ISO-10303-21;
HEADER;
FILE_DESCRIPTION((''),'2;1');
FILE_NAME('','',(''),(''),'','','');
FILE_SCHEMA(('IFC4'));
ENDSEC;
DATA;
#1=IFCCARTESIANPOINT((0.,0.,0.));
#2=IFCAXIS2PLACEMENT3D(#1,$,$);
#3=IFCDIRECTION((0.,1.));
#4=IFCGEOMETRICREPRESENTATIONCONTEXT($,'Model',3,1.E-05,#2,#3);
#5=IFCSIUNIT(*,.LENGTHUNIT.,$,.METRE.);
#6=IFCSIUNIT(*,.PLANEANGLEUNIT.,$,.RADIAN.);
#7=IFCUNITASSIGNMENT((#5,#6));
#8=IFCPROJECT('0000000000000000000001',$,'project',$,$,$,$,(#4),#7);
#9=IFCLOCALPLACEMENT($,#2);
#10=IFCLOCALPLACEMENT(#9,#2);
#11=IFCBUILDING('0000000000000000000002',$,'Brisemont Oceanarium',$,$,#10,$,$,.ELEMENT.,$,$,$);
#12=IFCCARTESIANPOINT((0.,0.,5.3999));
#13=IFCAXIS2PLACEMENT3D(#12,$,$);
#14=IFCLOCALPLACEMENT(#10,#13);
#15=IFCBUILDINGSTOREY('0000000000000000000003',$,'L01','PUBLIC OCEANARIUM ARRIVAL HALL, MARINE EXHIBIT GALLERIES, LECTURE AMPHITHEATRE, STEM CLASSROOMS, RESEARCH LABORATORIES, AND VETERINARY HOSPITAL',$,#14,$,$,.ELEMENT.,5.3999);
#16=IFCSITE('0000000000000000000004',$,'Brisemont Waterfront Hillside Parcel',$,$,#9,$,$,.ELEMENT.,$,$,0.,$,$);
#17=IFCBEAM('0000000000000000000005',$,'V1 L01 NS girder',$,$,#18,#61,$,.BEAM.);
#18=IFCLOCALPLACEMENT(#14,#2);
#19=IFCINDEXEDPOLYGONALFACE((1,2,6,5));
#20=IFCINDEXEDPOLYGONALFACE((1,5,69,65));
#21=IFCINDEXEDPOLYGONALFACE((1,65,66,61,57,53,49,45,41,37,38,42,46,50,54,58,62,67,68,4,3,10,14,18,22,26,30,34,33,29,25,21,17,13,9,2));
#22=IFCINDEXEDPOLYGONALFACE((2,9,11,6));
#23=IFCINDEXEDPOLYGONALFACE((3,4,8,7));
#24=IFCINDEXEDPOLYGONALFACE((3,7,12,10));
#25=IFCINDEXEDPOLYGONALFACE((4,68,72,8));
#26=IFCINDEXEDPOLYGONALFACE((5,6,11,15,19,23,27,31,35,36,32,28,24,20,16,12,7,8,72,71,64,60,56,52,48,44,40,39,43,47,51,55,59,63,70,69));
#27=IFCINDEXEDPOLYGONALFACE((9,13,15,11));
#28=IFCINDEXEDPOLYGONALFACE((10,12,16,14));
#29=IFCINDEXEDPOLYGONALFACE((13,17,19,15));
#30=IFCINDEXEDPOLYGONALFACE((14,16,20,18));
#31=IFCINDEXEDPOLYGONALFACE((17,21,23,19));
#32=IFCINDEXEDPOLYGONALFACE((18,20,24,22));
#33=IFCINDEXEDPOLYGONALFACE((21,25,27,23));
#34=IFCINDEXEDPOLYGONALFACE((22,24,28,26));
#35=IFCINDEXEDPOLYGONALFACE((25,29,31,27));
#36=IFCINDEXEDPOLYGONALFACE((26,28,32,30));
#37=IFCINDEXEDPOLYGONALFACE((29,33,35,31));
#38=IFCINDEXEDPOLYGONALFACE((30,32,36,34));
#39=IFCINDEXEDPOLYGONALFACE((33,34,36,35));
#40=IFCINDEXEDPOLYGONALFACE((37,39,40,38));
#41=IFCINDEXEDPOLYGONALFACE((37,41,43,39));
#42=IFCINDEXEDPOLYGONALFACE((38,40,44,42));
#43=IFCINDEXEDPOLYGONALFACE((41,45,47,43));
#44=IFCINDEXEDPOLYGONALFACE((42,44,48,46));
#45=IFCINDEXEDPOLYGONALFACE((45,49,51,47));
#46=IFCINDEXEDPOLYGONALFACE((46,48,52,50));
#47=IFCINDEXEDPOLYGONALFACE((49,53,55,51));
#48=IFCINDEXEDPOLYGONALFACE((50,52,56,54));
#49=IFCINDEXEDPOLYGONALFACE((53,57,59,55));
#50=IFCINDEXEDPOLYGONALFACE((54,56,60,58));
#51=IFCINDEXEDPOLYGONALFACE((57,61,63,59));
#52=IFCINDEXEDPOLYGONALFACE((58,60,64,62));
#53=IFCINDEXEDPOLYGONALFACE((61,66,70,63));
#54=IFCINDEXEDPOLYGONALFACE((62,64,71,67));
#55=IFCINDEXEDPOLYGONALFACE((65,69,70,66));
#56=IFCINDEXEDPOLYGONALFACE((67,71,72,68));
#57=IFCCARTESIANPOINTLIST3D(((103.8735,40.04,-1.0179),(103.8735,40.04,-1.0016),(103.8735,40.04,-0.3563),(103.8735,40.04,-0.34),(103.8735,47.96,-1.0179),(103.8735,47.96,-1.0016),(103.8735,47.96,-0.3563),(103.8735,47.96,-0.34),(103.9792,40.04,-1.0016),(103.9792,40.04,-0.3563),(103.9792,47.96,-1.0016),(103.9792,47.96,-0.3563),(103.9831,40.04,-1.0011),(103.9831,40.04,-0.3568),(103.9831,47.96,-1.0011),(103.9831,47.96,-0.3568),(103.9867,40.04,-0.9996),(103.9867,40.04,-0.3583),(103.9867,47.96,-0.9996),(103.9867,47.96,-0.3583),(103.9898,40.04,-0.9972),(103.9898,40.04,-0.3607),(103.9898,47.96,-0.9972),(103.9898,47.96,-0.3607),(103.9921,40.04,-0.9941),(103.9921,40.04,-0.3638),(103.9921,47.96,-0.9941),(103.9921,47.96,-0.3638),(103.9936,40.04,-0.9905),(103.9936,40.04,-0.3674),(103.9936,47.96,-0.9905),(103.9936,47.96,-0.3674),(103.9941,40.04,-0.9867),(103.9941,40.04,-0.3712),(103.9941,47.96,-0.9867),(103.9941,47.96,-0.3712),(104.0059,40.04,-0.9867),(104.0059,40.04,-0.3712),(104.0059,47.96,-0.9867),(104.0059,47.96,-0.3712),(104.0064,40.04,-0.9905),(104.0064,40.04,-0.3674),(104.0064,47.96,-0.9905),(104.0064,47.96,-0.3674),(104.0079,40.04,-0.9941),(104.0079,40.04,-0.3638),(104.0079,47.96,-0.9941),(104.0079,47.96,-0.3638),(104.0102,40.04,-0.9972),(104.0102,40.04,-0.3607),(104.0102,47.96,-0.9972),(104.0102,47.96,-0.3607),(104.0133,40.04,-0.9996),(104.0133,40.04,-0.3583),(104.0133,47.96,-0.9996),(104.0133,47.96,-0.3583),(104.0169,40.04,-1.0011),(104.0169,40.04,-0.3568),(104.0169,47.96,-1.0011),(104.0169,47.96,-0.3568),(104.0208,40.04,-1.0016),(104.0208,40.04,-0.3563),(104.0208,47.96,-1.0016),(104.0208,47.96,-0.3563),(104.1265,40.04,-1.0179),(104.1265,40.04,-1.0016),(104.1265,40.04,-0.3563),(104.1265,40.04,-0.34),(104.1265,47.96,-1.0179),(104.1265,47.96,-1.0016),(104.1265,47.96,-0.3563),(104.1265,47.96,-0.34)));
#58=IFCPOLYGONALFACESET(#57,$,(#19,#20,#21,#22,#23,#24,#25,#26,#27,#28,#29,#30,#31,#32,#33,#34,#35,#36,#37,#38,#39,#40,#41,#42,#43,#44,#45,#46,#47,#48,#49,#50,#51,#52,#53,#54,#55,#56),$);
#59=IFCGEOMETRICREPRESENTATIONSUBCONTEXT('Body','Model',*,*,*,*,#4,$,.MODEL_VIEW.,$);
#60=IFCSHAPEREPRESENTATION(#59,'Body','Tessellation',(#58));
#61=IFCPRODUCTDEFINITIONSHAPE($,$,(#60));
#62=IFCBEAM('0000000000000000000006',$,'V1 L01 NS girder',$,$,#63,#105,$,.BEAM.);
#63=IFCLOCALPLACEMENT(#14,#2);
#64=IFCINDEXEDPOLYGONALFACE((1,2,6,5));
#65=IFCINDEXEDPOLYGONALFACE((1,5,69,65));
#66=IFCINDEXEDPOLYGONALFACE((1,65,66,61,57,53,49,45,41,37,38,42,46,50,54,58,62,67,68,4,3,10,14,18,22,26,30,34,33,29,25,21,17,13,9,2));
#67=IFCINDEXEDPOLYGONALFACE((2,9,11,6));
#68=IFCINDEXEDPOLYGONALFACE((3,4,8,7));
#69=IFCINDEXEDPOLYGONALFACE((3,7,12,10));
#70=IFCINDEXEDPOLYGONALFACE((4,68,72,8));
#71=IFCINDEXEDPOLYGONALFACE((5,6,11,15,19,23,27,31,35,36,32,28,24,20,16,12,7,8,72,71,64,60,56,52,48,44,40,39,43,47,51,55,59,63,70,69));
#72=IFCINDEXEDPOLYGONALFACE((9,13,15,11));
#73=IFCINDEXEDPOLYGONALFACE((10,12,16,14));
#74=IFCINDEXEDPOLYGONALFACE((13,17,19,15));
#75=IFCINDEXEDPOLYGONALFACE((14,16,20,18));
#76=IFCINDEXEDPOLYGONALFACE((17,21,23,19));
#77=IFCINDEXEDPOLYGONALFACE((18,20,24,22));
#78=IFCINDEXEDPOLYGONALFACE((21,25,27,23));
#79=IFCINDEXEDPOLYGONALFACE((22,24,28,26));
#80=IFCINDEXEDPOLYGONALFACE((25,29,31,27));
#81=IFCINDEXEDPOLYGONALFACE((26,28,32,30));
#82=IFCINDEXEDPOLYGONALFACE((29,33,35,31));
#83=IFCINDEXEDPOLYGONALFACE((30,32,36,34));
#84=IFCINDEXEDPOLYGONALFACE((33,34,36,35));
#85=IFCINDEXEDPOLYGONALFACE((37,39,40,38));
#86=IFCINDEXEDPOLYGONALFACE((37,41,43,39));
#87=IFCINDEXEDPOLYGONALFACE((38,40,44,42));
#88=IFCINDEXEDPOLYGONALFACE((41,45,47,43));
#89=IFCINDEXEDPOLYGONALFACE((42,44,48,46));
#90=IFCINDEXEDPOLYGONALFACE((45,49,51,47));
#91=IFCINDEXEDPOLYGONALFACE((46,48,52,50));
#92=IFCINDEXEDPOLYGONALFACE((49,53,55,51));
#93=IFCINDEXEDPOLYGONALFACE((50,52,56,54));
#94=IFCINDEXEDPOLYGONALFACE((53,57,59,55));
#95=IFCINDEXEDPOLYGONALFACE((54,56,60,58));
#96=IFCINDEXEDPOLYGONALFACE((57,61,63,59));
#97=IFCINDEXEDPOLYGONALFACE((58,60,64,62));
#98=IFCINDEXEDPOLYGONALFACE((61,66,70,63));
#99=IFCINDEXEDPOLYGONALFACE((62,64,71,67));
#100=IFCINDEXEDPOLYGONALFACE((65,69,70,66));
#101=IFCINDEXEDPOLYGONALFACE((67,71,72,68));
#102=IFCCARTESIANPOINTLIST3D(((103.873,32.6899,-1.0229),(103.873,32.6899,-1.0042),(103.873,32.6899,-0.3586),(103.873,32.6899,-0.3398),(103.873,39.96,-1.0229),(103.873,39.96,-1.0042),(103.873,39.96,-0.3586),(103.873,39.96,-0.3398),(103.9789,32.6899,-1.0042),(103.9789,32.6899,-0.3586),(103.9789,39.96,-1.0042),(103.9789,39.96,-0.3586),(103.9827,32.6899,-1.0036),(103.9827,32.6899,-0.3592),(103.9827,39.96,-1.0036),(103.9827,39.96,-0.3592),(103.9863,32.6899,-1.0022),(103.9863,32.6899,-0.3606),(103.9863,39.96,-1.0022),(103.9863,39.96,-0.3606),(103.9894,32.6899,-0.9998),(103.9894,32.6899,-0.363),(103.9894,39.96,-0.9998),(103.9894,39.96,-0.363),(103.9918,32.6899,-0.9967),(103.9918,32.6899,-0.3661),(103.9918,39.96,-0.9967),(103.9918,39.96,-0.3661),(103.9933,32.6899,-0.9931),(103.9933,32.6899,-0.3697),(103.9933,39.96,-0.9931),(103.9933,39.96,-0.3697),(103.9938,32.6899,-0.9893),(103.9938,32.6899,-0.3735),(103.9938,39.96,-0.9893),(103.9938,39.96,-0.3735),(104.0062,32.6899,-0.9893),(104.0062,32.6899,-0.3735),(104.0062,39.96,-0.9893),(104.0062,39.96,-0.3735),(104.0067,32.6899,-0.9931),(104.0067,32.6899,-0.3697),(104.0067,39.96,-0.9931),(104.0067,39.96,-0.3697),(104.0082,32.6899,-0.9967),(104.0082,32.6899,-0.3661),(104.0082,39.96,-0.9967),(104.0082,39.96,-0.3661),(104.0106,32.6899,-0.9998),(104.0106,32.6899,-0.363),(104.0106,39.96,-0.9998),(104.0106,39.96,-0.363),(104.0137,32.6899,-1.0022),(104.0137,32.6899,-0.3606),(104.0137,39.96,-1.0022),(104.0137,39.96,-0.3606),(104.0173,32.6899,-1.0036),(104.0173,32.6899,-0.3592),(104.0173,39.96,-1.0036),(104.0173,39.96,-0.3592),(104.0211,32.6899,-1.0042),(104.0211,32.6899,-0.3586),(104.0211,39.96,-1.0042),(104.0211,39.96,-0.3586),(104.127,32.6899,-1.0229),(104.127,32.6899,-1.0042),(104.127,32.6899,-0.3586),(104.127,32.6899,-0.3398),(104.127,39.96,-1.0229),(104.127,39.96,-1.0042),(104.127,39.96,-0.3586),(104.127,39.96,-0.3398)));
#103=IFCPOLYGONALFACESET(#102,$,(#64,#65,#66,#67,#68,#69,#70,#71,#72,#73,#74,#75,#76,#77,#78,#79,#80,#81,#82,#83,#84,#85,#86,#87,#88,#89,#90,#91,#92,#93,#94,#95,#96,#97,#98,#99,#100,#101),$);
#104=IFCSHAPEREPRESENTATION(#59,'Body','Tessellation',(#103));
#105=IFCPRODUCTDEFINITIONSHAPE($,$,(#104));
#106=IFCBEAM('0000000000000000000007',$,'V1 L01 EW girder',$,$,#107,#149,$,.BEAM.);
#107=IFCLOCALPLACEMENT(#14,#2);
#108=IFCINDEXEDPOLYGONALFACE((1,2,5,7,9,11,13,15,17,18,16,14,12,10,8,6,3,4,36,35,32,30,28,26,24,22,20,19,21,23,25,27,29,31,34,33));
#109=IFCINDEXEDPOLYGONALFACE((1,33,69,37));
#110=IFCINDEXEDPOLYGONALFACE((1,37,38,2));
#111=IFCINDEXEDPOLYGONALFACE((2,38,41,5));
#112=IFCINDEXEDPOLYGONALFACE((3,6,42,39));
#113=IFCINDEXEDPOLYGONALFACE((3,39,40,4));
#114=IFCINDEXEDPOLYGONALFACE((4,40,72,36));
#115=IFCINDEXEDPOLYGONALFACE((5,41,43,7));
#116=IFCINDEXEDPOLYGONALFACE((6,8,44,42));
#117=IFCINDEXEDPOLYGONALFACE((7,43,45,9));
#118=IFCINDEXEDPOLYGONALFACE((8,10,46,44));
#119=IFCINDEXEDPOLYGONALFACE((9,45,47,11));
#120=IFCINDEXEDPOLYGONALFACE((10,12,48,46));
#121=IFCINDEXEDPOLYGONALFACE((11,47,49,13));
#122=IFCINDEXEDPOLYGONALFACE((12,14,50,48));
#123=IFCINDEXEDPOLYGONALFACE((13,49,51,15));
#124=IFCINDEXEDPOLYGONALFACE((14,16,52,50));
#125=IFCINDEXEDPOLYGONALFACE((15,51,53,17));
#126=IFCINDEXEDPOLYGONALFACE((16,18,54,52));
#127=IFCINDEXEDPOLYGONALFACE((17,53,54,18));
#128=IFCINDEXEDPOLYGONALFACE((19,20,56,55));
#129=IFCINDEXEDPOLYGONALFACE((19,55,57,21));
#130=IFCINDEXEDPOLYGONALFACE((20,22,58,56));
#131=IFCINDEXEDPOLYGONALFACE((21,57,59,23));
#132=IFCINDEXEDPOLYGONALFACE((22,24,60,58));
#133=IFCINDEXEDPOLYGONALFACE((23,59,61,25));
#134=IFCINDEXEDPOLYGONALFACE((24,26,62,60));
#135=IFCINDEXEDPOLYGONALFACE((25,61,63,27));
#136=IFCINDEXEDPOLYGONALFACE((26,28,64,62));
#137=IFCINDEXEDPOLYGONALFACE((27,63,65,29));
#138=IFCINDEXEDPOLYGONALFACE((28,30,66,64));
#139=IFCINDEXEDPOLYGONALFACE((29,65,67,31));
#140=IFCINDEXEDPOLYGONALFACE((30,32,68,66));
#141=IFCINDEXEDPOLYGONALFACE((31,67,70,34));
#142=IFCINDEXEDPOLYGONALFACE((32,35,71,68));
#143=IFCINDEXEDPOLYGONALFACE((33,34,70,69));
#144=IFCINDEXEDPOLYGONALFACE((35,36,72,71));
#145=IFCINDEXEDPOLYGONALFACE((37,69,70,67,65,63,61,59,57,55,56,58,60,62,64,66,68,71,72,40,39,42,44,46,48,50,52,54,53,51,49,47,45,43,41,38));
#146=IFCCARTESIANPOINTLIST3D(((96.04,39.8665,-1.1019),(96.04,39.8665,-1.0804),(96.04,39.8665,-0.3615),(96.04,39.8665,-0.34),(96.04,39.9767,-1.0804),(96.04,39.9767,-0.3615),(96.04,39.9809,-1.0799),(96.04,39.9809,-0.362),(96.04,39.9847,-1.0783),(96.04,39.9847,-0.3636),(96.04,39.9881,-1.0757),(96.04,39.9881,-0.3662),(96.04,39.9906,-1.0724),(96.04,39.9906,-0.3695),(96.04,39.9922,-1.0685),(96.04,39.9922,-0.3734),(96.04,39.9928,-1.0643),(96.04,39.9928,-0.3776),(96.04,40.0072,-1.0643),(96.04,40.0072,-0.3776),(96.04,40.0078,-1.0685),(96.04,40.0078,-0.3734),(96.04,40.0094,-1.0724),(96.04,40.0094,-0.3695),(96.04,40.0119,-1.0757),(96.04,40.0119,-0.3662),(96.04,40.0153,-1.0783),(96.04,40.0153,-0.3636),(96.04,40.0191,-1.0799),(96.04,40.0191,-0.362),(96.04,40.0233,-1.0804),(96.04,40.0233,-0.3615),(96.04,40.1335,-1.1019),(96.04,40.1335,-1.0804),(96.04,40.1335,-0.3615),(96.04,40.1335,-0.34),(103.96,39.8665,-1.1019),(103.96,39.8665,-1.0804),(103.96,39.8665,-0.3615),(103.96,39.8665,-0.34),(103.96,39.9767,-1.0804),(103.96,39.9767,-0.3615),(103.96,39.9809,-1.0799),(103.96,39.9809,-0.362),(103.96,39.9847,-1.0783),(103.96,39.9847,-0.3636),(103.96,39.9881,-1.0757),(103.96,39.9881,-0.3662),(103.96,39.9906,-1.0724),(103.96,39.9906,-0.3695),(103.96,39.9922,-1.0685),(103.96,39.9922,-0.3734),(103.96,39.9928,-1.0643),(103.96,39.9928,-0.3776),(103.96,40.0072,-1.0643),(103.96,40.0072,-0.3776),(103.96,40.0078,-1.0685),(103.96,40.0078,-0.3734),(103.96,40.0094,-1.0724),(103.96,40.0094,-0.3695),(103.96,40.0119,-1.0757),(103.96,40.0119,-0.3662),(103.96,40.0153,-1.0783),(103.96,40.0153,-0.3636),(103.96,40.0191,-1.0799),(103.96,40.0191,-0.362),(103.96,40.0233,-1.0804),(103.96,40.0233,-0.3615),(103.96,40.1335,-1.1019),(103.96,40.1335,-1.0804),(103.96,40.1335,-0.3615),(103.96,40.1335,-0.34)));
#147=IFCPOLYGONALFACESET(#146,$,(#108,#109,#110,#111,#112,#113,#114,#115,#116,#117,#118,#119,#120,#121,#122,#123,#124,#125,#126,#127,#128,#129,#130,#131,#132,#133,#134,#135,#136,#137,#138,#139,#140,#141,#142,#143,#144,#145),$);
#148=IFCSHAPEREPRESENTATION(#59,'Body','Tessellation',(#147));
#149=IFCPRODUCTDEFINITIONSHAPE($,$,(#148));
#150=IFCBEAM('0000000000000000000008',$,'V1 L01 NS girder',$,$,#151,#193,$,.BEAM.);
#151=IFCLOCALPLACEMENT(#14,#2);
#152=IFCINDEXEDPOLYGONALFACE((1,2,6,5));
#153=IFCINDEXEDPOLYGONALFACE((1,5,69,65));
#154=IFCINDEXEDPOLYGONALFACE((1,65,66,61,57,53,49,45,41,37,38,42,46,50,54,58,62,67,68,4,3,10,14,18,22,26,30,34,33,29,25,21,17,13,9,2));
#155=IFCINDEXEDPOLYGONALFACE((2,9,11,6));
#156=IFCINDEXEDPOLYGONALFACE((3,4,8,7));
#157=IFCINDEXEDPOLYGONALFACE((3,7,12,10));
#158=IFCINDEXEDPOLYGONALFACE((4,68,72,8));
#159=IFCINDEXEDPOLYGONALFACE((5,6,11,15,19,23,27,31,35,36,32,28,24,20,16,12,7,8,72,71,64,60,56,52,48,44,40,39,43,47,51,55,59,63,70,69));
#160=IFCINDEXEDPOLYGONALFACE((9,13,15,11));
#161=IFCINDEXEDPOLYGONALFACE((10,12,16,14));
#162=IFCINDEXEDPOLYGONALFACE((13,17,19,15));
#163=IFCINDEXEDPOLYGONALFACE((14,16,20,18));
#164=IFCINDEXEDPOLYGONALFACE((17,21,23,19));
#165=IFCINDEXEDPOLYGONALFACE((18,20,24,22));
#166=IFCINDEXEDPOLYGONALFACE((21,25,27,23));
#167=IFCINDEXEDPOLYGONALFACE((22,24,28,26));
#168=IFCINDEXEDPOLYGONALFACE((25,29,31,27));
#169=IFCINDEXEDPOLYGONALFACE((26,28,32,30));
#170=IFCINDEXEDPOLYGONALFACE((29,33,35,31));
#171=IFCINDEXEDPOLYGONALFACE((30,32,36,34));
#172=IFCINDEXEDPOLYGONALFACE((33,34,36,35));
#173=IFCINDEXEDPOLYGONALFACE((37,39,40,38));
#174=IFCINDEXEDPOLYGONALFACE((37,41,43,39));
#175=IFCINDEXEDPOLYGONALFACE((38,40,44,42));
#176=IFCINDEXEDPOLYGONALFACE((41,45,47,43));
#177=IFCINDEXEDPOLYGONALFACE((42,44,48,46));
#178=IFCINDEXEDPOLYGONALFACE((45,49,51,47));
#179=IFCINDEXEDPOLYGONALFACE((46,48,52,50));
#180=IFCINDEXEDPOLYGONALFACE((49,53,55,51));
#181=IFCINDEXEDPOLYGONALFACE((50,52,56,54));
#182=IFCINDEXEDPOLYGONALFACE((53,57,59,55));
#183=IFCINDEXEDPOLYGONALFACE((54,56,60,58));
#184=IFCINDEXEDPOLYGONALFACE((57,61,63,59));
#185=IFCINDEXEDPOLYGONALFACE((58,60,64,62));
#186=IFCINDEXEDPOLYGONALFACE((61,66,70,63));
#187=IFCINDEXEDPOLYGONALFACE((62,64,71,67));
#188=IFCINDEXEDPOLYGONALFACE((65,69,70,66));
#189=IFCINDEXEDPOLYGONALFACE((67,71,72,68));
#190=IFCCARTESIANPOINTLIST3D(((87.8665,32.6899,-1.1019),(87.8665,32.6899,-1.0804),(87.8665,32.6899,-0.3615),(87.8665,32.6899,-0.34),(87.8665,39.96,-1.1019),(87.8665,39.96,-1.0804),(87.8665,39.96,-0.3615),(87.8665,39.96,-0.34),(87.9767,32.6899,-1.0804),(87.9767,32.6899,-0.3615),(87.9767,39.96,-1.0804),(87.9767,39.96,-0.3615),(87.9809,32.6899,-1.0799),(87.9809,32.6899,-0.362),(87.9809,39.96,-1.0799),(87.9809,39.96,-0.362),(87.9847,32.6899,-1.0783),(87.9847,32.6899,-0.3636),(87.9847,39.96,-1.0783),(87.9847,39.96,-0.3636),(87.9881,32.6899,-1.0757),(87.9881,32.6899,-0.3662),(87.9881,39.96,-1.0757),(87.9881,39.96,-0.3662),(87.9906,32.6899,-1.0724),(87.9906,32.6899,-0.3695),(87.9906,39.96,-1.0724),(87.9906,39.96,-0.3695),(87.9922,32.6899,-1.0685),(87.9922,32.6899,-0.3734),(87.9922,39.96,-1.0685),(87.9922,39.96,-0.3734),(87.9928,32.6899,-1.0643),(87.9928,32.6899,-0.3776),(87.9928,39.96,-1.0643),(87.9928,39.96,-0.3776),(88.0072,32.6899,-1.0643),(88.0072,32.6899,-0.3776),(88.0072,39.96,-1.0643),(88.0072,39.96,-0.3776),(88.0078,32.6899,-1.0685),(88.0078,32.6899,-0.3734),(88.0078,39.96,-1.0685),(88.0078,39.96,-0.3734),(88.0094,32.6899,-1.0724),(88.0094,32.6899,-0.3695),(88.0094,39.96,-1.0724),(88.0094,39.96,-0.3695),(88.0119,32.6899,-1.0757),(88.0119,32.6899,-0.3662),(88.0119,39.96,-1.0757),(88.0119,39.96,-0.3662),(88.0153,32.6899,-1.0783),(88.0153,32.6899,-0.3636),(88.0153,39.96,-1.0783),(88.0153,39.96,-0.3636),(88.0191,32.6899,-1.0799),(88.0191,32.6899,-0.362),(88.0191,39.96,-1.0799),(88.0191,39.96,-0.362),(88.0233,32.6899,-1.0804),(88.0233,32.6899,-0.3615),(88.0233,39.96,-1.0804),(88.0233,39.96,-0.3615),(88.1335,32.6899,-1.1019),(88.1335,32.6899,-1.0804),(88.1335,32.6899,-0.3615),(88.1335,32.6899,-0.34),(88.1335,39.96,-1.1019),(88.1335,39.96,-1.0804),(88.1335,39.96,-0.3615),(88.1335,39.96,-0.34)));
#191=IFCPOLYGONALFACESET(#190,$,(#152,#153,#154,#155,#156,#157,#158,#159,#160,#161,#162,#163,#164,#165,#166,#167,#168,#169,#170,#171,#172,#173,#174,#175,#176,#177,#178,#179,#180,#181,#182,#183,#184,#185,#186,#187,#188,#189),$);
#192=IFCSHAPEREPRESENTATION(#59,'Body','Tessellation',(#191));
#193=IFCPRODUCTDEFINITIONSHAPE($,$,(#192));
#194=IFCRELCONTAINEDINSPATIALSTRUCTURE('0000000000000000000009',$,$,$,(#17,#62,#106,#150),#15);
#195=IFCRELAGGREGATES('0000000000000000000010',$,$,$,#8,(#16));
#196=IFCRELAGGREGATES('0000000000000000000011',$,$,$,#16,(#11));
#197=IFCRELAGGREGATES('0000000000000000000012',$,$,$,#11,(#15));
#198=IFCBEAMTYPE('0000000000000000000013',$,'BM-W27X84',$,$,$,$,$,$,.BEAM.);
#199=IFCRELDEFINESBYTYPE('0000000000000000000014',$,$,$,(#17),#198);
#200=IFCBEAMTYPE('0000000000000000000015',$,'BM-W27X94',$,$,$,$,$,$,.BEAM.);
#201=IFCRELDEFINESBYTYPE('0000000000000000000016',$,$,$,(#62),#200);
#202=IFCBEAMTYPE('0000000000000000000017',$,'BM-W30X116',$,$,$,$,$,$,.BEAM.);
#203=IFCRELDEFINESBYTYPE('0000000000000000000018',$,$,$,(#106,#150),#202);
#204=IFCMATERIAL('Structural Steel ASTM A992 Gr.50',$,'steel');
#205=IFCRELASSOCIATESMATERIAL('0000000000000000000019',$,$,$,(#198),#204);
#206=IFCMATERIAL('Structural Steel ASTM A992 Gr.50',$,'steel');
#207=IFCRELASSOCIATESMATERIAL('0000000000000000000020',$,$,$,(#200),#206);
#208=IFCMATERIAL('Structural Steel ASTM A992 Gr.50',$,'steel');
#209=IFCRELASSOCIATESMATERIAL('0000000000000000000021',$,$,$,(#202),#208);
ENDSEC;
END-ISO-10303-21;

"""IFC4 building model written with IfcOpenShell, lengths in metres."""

from ifc_helpers import new_model, si_unit, direction, frame, origin, origin_2d, place, context, subcontext, project, spatial, i_section, extrude, material, material_profile, profile_set, type_object, element, save


model = new_model("IFC4")

# Units and contexts
model_context = context("Model", 3, precision=1e-05, world=origin(), true_north=direction((0.0, 1.0)))
body_context = subcontext(model_context, "Body", "Model", "MODEL_VIEW")
ifc_project = project(units=[si_unit("LENGTHUNIT", "METRE"), si_unit("PLANEANGLEUNIT", "RADIAN")], contexts=[model_context])

# Site, building, storey
site_placement = place(None, origin())
site = spatial("IfcSite", under=ifc_project, at=site_placement, Name="Brisemont Waterfront Hillside Parcel", CompositionType="ELEMENT", RefElevation=0.0)
building_placement = place(site_placement, origin())
building = spatial("IfcBuilding", under=site, at=building_placement, Name="Brisemont Oceanarium", CompositionType="ELEMENT")
storey_placement = place(building_placement, frame((0.0, 0.0, 5.3999)))
storey = spatial("IfcBuildingStorey", under=building, at=storey_placement, Name="L01", Description="PUBLIC OCEANARIUM ARRIVAL HALL, MARINE EXHIBIT GALLERIES, LECTURE AMPHITHEATRE, STEM CLASSROOMS, RESEARCH LABORATORIES, AND VETERINARY HOSPITAL", CompositionType="ELEMENT", Elevation=5.3999)

# Beams
ifc_material_1 = material(Name="Structural Steel ASTM A992 Gr.50", Category="steel")
ifc_material_profile_1 = material_profile(ifc_material_1, i_section(OverallWidth=0.2529, OverallDepth=0.678, WebThickness=0.0117, FlangeThickness=0.0164, FilletRadius=0.0149, at=origin_2d()), Name="W27X84")
ifc_profile_set_1 = profile_set([ifc_material_profile_1], Name="Structural Steel ASTM A992 Gr.50")
beam_type_1 = type_object("IfcBeamType", Name="BM-W27X84", PredefinedType="BEAM", material=ifc_profile_set_1)
beam_1_placement = place(storey_placement, frame((104.0, 40.04, -0.679), z_axis=(0.0, 1.0, 0.0), x_axis=(-1.0, 0.0, 0.0)))
element("IfcBeam", 1, at=beam_1_placement, inside=storey, type_object=beam_type_1, Name="V1 L01 NS girder", PredefinedType="BEAM", context=body_context, shape_type="SweptSolid", body=[
    extrude(i_section(OverallWidth=0.2529, OverallDepth=0.678, WebThickness=0.0117, FlangeThickness=0.0164, FilletRadius=0.0149, at=origin_2d()), origin(), (0.0, 0.0, 1.0), 7.9199),
])
ifc_material_2 = material(Name="Structural Steel ASTM A992 Gr.50", Category="steel")
ifc_material_profile_2 = material_profile(ifc_material_2, i_section(OverallWidth=0.2539, OverallDepth=0.6831, WebThickness=0.0125, FlangeThickness=0.0188, FilletRadius=0.0149, at=origin_2d()), Name="W27X94")
ifc_profile_set_2 = profile_set([ifc_material_profile_2], Name="Structural Steel ASTM A992 Gr.50")
beam_type_2 = type_object("IfcBeamType", Name="BM-W27X94", PredefinedType="BEAM", material=ifc_profile_set_2)
beam_2_placement = place(storey_placement, frame((104.0, 32.6899, -0.6814), z_axis=(0.0, 1.0, 0.0), x_axis=(-1.0, 0.0, 0.0)))
element("IfcBeam", 2, at=beam_2_placement, inside=storey, type_object=beam_type_2, Name="V1 L01 NS girder", PredefinedType="BEAM", context=body_context, shape_type="SweptSolid", body=[
    extrude(i_section(OverallWidth=0.2539, OverallDepth=0.6831, WebThickness=0.0125, FlangeThickness=0.0188, FilletRadius=0.0149, at=origin_2d()), origin(), (0.0, 0.0, 1.0), 7.27),
])
ifc_material_3 = material(Name="Structural Steel ASTM A992 Gr.50", Category="steel")
ifc_material_profile_3 = material_profile(ifc_material_3, i_section(OverallWidth=0.2671, OverallDepth=0.762, WebThickness=0.0144, FlangeThickness=0.0215, FilletRadius=0.0161, at=origin_2d()), Name="W30X116")
ifc_profile_set_3 = profile_set([ifc_material_profile_3], Name="Structural Steel ASTM A992 Gr.50")
beam_type_3 = type_object("IfcBeamType", Name="BM-W30X116", PredefinedType="BEAM", material=ifc_profile_set_3)
beam_3_placement = place(storey_placement, frame((96.04, 40.0, -0.7209), z_axis=(1.0, 0.0, 0.0), x_axis=(0.0, 1.0, 0.0)))
element("IfcBeam", 3, at=beam_3_placement, inside=storey, type_object=beam_type_3, Name="V1 L01 EW girder", PredefinedType="BEAM", context=body_context, shape_type="SweptSolid", body=[
    extrude(i_section(OverallWidth=0.2671, OverallDepth=0.762, WebThickness=0.0144, FlangeThickness=0.0215, FilletRadius=0.0161, at=origin_2d()), origin(), (0.0, 0.0, 1.0), 7.9199),
])
beam_4_placement = place(storey_placement, frame((88.0, 32.6899, -0.7209), z_axis=(0.0, 1.0, 0.0), x_axis=(-1.0, 0.0, 0.0)))
element("IfcBeam", 4, at=beam_4_placement, inside=storey, type_object=beam_type_3, Name="V1 L01 NS girder", PredefinedType="BEAM", context=body_context, shape_type="SweptSolid", body=[
    extrude(i_section(OverallWidth=0.2671, OverallDepth=0.762, WebThickness=0.0144, FlangeThickness=0.0215, FilletRadius=0.0161, at=origin_2d()), origin(), (0.0, 0.0, 1.0), 7.27),
])

save(model, "model.ifc")
